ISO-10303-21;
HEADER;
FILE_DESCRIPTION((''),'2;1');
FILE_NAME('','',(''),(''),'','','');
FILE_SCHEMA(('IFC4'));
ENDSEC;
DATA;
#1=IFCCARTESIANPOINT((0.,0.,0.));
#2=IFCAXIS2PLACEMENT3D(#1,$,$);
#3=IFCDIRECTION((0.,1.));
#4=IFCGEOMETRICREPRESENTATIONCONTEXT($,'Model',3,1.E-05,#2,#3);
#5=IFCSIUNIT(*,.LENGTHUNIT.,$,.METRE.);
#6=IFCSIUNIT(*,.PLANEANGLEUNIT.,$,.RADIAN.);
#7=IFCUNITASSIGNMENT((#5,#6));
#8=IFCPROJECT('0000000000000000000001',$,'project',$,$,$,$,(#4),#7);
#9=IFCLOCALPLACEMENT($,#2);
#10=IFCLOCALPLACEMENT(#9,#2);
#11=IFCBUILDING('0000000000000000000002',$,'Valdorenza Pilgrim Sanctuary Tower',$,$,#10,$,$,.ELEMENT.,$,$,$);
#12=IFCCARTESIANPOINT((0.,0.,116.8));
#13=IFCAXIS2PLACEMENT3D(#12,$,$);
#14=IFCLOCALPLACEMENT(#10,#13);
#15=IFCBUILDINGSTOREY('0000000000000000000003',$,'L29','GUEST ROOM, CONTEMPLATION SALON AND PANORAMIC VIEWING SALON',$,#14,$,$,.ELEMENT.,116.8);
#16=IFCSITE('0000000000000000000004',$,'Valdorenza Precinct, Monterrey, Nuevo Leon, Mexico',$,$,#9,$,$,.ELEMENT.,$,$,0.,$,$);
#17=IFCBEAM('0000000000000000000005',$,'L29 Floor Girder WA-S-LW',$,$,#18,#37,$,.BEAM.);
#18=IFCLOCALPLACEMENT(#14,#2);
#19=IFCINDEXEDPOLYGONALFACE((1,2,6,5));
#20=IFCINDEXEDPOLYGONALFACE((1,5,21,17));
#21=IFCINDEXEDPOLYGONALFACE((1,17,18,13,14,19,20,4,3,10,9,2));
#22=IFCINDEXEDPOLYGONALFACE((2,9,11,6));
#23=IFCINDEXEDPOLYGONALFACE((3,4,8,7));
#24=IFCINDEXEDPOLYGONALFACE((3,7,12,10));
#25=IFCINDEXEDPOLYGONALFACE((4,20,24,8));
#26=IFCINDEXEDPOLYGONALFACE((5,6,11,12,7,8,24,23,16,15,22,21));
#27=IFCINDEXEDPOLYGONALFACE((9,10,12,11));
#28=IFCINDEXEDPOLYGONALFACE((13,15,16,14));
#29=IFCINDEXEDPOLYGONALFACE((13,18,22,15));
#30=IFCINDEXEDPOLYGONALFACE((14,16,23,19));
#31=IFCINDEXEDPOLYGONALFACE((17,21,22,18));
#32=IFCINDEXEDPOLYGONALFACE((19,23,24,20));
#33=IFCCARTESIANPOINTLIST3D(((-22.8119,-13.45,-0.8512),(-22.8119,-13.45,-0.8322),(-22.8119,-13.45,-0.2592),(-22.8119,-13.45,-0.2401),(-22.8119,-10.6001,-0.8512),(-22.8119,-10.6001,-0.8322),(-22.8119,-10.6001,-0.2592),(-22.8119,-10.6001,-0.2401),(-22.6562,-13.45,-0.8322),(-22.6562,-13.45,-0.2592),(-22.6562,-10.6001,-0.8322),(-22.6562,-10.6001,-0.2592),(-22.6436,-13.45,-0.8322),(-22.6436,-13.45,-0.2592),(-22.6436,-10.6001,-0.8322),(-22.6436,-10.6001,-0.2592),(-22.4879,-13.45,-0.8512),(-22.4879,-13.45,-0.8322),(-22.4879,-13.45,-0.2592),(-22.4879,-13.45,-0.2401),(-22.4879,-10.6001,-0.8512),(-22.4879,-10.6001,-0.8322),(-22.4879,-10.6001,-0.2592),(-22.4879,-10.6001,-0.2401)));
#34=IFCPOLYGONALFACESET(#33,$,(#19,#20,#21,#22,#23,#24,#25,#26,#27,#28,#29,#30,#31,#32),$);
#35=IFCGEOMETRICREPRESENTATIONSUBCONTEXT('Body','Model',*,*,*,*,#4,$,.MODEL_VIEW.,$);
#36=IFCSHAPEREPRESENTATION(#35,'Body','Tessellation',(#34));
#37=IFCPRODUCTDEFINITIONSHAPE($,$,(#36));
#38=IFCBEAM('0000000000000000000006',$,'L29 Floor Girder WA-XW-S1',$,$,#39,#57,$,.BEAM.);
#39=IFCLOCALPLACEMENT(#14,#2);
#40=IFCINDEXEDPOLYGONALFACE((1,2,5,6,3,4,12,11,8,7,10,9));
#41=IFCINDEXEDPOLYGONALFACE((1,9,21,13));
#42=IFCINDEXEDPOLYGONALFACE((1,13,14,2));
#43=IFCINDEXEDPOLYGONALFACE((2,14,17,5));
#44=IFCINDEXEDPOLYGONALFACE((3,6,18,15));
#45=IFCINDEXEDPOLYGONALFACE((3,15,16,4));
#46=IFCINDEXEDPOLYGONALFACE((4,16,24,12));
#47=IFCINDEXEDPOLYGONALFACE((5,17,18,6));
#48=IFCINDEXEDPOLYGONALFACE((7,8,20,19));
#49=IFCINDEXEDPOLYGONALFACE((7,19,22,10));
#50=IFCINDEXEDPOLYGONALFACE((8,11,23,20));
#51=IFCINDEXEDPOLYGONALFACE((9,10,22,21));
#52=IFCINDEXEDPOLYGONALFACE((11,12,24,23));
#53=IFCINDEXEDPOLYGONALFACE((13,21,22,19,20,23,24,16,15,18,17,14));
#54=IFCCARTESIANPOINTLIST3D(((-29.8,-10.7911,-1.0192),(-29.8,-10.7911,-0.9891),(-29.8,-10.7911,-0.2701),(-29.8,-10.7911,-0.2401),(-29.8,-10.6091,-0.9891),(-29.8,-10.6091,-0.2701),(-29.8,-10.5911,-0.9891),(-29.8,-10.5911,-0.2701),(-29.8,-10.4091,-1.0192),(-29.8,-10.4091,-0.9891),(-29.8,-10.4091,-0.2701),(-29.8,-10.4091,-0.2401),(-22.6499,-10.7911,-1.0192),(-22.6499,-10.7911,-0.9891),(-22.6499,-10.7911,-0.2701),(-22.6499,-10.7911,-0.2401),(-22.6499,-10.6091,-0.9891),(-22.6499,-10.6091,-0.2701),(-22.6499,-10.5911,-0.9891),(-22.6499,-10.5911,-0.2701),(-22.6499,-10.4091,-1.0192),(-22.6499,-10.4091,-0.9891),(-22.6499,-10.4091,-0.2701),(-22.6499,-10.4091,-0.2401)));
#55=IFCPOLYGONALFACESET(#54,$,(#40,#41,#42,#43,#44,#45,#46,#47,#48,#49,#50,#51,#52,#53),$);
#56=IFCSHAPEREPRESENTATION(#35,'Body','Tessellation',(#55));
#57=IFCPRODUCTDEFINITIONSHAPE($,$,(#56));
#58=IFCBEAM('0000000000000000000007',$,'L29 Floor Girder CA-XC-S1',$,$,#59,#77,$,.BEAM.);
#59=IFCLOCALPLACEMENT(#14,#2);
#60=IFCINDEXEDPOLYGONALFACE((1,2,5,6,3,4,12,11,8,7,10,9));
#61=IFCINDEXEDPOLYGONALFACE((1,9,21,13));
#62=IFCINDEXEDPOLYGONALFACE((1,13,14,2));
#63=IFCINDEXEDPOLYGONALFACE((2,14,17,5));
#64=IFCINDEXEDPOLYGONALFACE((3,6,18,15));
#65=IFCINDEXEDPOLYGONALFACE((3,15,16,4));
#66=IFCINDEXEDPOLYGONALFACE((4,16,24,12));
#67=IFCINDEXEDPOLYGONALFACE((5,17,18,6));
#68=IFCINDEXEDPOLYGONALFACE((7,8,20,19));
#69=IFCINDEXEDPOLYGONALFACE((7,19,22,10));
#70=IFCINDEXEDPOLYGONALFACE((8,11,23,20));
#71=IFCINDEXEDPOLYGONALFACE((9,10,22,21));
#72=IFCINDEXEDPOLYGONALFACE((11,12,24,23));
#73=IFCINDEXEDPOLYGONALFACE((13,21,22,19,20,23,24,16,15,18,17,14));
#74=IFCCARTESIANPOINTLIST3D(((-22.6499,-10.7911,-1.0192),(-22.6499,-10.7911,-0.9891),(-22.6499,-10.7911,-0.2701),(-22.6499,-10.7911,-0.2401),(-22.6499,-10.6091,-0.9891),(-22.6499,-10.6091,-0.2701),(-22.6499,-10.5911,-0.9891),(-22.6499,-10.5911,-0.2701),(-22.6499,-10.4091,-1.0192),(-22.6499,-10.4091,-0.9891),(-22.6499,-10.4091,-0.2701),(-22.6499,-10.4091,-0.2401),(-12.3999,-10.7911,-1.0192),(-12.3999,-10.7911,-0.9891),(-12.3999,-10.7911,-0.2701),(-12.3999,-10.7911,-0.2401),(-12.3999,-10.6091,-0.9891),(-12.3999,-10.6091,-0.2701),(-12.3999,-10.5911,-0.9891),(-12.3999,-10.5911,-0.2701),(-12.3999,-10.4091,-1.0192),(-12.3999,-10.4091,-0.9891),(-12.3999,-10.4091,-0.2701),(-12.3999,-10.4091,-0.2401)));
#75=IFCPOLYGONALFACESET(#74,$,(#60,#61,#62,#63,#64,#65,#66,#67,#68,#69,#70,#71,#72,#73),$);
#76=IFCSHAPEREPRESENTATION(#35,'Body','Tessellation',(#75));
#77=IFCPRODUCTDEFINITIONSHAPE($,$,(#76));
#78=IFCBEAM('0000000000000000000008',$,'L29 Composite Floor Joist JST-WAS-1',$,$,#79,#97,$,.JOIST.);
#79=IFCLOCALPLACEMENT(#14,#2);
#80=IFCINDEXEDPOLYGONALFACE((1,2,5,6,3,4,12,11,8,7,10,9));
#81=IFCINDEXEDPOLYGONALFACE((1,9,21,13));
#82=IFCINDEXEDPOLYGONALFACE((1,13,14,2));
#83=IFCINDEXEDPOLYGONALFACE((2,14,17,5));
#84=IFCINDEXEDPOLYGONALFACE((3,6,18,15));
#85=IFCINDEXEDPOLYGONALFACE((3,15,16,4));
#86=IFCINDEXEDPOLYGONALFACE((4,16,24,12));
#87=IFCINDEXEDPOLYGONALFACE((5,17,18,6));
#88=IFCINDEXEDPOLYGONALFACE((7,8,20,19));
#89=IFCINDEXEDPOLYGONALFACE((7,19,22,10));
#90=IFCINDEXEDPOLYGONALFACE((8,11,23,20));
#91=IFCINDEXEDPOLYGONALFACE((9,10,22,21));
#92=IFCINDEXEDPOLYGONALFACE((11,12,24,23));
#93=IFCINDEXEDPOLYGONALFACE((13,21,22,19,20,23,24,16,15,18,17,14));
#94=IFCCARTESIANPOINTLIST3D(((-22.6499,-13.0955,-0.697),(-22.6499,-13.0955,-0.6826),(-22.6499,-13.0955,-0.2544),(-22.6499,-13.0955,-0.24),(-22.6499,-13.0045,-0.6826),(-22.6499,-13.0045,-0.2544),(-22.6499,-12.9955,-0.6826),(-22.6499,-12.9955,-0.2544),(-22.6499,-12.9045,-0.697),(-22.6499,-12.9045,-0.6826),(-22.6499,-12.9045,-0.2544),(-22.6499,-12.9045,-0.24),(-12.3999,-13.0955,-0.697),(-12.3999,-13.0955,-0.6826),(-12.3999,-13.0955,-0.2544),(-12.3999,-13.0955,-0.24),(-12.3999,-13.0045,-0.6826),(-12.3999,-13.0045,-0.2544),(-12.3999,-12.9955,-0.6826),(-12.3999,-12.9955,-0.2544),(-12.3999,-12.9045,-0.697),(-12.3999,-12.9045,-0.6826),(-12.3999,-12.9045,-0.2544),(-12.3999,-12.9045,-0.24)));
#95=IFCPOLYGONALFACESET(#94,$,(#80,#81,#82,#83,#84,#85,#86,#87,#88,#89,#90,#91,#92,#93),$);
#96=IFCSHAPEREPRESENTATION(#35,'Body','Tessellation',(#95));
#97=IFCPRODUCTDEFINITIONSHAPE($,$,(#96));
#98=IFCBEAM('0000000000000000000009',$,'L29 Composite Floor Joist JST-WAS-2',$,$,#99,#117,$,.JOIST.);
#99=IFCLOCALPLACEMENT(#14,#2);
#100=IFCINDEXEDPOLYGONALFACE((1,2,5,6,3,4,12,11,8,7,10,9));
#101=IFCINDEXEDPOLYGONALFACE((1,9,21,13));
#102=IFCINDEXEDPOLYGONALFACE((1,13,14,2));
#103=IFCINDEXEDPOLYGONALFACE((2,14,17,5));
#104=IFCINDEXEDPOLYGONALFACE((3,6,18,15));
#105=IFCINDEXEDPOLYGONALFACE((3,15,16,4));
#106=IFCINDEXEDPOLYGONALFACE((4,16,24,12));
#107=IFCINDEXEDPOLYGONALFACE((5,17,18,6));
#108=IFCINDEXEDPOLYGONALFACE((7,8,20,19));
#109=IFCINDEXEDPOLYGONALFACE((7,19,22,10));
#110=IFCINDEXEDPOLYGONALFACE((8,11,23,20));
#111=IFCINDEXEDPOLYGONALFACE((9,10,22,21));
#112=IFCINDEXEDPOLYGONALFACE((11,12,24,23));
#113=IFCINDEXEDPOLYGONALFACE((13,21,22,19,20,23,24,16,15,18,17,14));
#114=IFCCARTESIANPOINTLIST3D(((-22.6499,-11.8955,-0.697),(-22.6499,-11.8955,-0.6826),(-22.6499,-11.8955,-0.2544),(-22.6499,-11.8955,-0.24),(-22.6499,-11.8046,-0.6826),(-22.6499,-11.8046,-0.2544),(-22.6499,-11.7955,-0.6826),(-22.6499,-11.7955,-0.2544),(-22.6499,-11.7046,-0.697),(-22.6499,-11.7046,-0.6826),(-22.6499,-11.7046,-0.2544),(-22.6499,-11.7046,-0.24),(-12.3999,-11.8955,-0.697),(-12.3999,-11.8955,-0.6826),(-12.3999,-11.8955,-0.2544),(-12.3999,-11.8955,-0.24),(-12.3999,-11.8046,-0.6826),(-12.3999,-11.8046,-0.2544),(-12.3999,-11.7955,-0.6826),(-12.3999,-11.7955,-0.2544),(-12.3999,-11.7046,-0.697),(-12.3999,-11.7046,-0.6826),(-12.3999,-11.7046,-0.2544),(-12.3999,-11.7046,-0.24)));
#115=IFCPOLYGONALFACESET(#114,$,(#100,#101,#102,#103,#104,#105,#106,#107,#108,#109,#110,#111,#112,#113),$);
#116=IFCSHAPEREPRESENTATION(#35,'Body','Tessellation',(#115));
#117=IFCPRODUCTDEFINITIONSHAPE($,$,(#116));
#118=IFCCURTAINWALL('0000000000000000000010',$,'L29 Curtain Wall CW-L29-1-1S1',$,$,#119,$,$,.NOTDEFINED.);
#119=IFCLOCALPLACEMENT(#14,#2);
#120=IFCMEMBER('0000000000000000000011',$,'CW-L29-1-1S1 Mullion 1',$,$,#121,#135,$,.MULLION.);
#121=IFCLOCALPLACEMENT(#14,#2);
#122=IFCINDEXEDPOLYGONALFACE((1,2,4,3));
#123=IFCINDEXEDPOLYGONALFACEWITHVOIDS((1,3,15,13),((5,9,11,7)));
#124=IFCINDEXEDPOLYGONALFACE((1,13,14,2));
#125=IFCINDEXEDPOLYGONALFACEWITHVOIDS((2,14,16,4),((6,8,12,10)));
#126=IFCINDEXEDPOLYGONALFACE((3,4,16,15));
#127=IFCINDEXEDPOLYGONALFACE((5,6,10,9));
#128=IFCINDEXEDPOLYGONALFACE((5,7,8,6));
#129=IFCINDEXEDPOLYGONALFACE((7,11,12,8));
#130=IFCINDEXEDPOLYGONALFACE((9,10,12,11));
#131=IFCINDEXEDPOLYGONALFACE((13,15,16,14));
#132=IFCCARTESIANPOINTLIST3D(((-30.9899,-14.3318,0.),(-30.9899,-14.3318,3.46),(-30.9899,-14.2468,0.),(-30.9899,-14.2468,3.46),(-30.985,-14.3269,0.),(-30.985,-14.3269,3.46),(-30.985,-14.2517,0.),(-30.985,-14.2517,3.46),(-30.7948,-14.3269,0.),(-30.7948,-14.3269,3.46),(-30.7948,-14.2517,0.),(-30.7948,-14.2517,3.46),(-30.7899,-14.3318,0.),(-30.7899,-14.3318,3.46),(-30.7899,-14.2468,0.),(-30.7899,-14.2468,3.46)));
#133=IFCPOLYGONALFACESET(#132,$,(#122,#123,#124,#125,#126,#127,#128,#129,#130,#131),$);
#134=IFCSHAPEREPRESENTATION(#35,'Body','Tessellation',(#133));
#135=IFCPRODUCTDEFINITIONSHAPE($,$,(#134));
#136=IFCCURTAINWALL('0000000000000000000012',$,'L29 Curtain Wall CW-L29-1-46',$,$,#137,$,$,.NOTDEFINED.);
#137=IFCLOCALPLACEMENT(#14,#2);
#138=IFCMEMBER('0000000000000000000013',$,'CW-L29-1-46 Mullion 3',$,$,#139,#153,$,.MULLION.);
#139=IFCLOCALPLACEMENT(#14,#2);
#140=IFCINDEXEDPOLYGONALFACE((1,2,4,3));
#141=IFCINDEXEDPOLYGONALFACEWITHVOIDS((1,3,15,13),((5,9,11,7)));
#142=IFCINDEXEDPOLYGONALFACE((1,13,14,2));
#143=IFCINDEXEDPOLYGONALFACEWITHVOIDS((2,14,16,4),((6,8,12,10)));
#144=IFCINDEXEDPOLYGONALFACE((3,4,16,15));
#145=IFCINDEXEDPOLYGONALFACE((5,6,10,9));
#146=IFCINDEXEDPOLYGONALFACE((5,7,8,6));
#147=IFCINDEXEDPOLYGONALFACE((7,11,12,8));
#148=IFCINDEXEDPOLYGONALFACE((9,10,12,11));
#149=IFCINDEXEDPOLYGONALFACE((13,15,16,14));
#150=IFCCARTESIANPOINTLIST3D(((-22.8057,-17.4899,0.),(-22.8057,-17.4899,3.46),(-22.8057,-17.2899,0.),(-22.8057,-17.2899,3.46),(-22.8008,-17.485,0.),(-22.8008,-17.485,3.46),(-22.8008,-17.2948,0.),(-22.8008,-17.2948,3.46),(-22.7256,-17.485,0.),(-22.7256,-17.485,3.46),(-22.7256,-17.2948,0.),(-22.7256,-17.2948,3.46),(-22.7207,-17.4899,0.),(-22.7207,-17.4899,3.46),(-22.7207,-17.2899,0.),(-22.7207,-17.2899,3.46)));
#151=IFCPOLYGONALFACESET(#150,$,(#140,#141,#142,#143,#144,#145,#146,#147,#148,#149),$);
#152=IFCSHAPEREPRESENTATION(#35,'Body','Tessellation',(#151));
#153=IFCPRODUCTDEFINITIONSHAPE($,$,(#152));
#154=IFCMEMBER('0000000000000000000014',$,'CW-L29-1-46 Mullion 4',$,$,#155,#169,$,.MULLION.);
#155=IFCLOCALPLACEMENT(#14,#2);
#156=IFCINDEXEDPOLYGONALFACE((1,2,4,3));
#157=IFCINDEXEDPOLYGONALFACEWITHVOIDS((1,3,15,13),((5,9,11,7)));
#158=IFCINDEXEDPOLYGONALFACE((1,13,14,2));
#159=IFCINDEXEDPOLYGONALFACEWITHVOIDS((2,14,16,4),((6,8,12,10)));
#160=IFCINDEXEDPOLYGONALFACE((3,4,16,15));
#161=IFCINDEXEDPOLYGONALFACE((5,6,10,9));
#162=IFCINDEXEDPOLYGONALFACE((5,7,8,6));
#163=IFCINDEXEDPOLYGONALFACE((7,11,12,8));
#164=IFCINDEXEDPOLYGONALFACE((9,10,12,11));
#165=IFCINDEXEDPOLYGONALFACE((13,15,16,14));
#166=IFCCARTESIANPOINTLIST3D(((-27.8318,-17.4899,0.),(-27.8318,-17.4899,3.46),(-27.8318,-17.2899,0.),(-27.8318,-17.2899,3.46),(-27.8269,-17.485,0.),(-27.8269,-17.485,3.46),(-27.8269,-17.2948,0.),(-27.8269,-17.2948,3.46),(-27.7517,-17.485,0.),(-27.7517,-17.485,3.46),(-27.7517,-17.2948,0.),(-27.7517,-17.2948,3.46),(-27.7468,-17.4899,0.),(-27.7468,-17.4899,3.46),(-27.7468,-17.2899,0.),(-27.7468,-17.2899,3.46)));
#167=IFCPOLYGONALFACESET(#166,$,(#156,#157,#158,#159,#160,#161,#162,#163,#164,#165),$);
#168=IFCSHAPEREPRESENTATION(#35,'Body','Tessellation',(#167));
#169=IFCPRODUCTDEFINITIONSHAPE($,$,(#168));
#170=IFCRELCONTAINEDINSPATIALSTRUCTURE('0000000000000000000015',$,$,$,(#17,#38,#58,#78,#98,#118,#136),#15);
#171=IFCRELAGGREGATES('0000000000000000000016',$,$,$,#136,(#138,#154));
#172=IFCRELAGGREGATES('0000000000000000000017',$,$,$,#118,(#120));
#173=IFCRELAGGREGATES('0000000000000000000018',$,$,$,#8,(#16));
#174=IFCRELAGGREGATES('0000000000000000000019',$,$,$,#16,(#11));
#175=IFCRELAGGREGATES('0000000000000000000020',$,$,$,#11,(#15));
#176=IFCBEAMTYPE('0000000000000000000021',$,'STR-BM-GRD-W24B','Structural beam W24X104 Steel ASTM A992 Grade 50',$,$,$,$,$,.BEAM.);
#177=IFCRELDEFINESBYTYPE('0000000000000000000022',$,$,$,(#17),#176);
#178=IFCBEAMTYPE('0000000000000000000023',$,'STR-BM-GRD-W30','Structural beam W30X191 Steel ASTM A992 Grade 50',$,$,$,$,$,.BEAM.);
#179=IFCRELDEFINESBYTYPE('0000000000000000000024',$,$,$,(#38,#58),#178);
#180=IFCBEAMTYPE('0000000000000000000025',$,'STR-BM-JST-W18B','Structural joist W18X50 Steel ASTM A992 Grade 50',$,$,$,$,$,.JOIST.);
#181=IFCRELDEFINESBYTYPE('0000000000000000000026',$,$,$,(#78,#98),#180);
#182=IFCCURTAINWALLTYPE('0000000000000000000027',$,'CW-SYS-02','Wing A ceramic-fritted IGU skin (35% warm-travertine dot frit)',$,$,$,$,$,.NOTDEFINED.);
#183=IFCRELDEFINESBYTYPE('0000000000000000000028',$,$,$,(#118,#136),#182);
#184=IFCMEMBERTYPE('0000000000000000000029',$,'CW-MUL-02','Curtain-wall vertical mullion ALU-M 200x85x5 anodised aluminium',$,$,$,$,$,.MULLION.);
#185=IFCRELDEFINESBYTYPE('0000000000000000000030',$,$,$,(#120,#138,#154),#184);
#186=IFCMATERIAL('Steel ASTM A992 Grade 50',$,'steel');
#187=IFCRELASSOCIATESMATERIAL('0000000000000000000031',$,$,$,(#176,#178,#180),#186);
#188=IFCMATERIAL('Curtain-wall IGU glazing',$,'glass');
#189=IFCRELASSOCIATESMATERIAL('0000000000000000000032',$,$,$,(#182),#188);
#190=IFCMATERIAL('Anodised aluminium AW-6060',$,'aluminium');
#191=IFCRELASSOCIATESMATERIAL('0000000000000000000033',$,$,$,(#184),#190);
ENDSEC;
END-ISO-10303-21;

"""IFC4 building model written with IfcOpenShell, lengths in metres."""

from ifc_helpers import new_model, si_unit, direction, frame, origin, origin_2d, place, context, subcontext, project, spatial, hollow_rectangle, i_section, extrude, source, transform, mapped, material, material_profile, profile_set, type_object, element, aggregate, save


model = new_model("IFC4")

# Units and contexts
model_context = context("Model", 3, precision=1e-05, world=origin(), true_north=direction((0.0, 1.0)))
body_context = subcontext(model_context, "Body", "Model", "MODEL_VIEW")
ifc_project = project(units=[si_unit("LENGTHUNIT", "METRE"), si_unit("PLANEANGLEUNIT", "RADIAN")], contexts=[model_context])

# Site, building, storey
site_placement = place(None, origin())
site = spatial("IfcSite", under=ifc_project, at=site_placement, Name="Valdorenza Precinct, Monterrey, Nuevo Leon, Mexico", CompositionType="ELEMENT", RefElevation=0.0)
building_placement = place(site_placement, origin())
building = spatial("IfcBuilding", under=site, at=building_placement, Name="Valdorenza Pilgrim Sanctuary Tower", CompositionType="ELEMENT")
storey_placement = place(building_placement, frame((0.0, 0.0, 116.8)))
storey = spatial("IfcBuildingStorey", under=building, at=storey_placement, Name="L29", Description="GUEST ROOM, CONTEMPLATION SALON AND PANORAMIC VIEWING SALON", CompositionType="ELEMENT", Elevation=116.8)

# Shared definitions
ifc_material_1 = material(Name="Steel ASTM A992 Grade 50", Category="steel")

# Beams
ifc_material_profile_1 = material_profile(ifc_material_1, i_section(OverallWidth=0.324, OverallDepth=0.6111, WebThickness=0.0127, FlangeThickness=0.019, at=origin_2d()), Name="W24X104")
ifc_profile_set_1 = profile_set([ifc_material_profile_1], Name="Steel ASTM A992 Grade 50")
beam_type_1 = type_object("IfcBeamType", Name="STR-BM-GRD-W24B", Description="Structural beam W24X104 Steel ASTM A992 Grade 50", PredefinedType="BEAM", material=ifc_profile_set_1)
shared_shape_1 = source(origin(), body_context, "Body", "SweptSolid", [
    extrude(i_section(OverallWidth=0.324, OverallDepth=0.6111, WebThickness=0.0127, FlangeThickness=0.019, at=origin_2d()), origin(), (0.0, 0.0, 1.0), 2.8499),
])
beam_1_placement = place(storey_placement, frame((-22.6499, -13.45, -0.5457), z_axis=(0.0, 1.0, 0.0), x_axis=(-1.0, 0.0, 0.0)))
element("IfcBeam", 1, at=beam_1_placement, inside=storey, type_object=beam_type_1, Name="L29 Floor Girder WA-S-LW", PredefinedType="BEAM", context=body_context, shape_type="MappedRepresentation", body=[
    mapped(shared_shape_1, transform((0.0, 0.0, 0.0), x_axis=(1.0, 0.0, 0.0), y_axis=(0.0, 1.0, 0.0), z_axis=(0.0, 0.0, 1.0), scale=1.0)),
])
ifc_material_profile_2 = material_profile(ifc_material_1, i_section(OverallWidth=0.3821, OverallDepth=0.7791, WebThickness=0.0181, FlangeThickness=0.03, at=origin_2d()), Name="W30X191")
ifc_profile_set_2 = profile_set([ifc_material_profile_2], Name="Steel ASTM A992 Grade 50")
beam_type_2 = type_object("IfcBeamType", Name="STR-BM-GRD-W30", Description="Structural beam W30X191 Steel ASTM A992 Grade 50", PredefinedType="BEAM", material=ifc_profile_set_2)
shared_shape_2 = source(origin(), body_context, "Body", "SweptSolid", [
    extrude(i_section(OverallWidth=0.3821, OverallDepth=0.7791, WebThickness=0.0181, FlangeThickness=0.03, at=origin_2d()), origin(), (0.0, 0.0, 1.0), 7.1501),
])
beam_2_placement = place(storey_placement, frame((-29.8, -10.6001, -0.6296), z_axis=(1.0, 0.0, 0.0), x_axis=(0.0, 1.0, 0.0)))
element("IfcBeam", 2, at=beam_2_placement, inside=storey, type_object=beam_type_2, Name="L29 Floor Girder WA-XW-S1", PredefinedType="BEAM", context=body_context, shape_type="MappedRepresentation", body=[
    mapped(shared_shape_2, transform((0.0, 0.0, 0.0), x_axis=(1.0, 0.0, 0.0), y_axis=(0.0, 1.0, 0.0), z_axis=(0.0, 0.0, 1.0), scale=1.0)),
])
shared_shape_3 = source(origin(), body_context, "Body", "SweptSolid", [
    extrude(i_section(OverallWidth=0.3821, OverallDepth=0.7791, WebThickness=0.0181, FlangeThickness=0.03, at=origin_2d()), origin(), (0.0, 0.0, 1.0), 10.25),
])
beam_3_placement = place(storey_placement, frame((-22.6499, -10.6001, -0.6296), z_axis=(1.0, 0.0, 0.0), x_axis=(0.0, 1.0, 0.0)))
element("IfcBeam", 3, at=beam_3_placement, inside=storey, type_object=beam_type_2, Name="L29 Floor Girder CA-XC-S1", PredefinedType="BEAM", context=body_context, shape_type="MappedRepresentation", body=[
    mapped(shared_shape_3, transform((0.0, 0.0, 0.0), x_axis=(1.0, 0.0, 0.0), y_axis=(0.0, 1.0, 0.0), z_axis=(0.0, 0.0, 1.0), scale=1.0)),
])
ifc_material_profile_3 = material_profile(ifc_material_1, i_section(OverallWidth=0.1909, OverallDepth=0.457, WebThickness=0.009, FlangeThickness=0.0144, at=origin_2d()), Name="W18X50")
ifc_profile_set_3 = profile_set([ifc_material_profile_3], Name="Steel ASTM A992 Grade 50")
beam_type_3 = type_object("IfcBeamType", Name="STR-BM-JST-W18B", Description="Structural joist W18X50 Steel ASTM A992 Grade 50", PredefinedType="JOIST", material=ifc_profile_set_3)
shared_shape_4 = source(origin(), body_context, "Body", "SweptSolid", [
    extrude(i_section(OverallWidth=0.1909, OverallDepth=0.457, WebThickness=0.009, FlangeThickness=0.0144, at=origin_2d()), origin(), (0.0, 0.0, 1.0), 10.25),
])
for number, where, z_axis, x_axis, name in (
    (4, (-22.6499, -13.0, -0.4685), (1.0, 0.0, 0.0), (0.0, 1.0, 0.0), "L29 Composite Floor Joist JST-WAS-1"),
    (5, (-22.6499, -11.8, -0.4685), (1.0, 0.0, 0.0), (0.0, 1.0, 0.0), "L29 Composite Floor Joist JST-WAS-2"),
):
    element("IfcBeam", number, at=place(storey_placement, frame(where, z_axis=z_axis, x_axis=x_axis)), inside=storey, type_object=beam_type_3, Name=name, PredefinedType="JOIST", context=body_context, shape_type="MappedRepresentation", body=[
        mapped(shared_shape_4, transform((0.0, 0.0, 0.0), x_axis=(1.0, 0.0, 0.0), y_axis=(0.0, 1.0, 0.0), z_axis=(0.0, 0.0, 1.0), scale=1.0)),
    ])

# Curtain wall, member
ifc_material_2 = material(Name="Curtain-wall IGU glazing", Category="glass")
curtain_wall_type = type_object("IfcCurtainWallType", Name="CW-SYS-02", Description="Wing A ceramic-fritted IGU skin (35% warm-travertine dot frit)", PredefinedType="NOTDEFINED", material=ifc_material_2)
curtain_wall_1_placement = place(storey_placement, origin())
curtain_wall_1 = element("IfcCurtainWall", 6, at=curtain_wall_1_placement, inside=storey, type_object=curtain_wall_type, Name="L29 Curtain Wall CW-L29-1-1S1", PredefinedType="NOTDEFINED")
ifc_material_3 = material(Name="Anodised aluminium AW-6060", Category="aluminium")
ifc_material_profile_4 = material_profile(ifc_material_3, hollow_rectangle(XDim=0.085, YDim=0.2, WallThickness=0.0049, at=origin_2d()), Name="ALU-M 200x85x5")
ifc_profile_set_4 = profile_set([ifc_material_profile_4], Name="Anodised aluminium AW-6060")
member_type_1 = type_object("IfcMemberType", Name="CW-MUL-02", Description="Curtain-wall vertical mullion ALU-M 200x85x5 anodised aluminium", PredefinedType="MULLION", material=ifc_profile_set_4)
shared_shape_5 = source(origin(), body_context, "Body", "SweptSolid", [
    extrude(hollow_rectangle(XDim=0.085, YDim=0.2, WallThickness=0.0049, at=origin_2d()), origin(), (0.0, 0.0, 1.0), 3.46),
])
member_1_placement = place(storey_placement, frame((-30.8899, -14.2893, 0.0), z_axis=(0.0, 0.0, 1.0), x_axis=(0.0, 1.0, 0.0)))
member_1 = element("IfcMember", 7, at=member_1_placement, type_object=member_type_1, Name="CW-L29-1-1S1 Mullion 1", PredefinedType="MULLION", context=body_context, shape_type="MappedRepresentation", body=[
    mapped(shared_shape_5, transform((0.0, 0.0, 0.0), x_axis=(1.0, 0.0, 0.0), y_axis=(0.0, 1.0, 0.0), z_axis=(0.0, 0.0, 1.0), scale=1.0)),
])

# Curtain wall, members
curtain_wall_2_placement = place(storey_placement, origin())
curtain_wall_2 = element("IfcCurtainWall", 8, at=curtain_wall_2_placement, inside=storey, type_object=curtain_wall_type, Name="L29 Curtain Wall CW-L29-1-46", PredefinedType="NOTDEFINED")
member_2_placement = place(storey_placement, frame((-22.7632, -17.3899, 0.0), z_axis=(0.0, 0.0, 1.0), x_axis=(-1.0, 0.0, 0.0)))
member_2 = element("IfcMember", 9, at=member_2_placement, type_object=member_type_1, Name="CW-L29-1-46 Mullion 3", PredefinedType="MULLION", context=body_context, shape_type="MappedRepresentation", body=[
    mapped(shared_shape_5, transform((0.0, 0.0, 0.0), x_axis=(1.0, 0.0, 0.0), y_axis=(0.0, 1.0, 0.0), z_axis=(0.0, 0.0, 1.0), scale=1.0)),
])
member_3_placement = place(storey_placement, frame((-27.7893, -17.3899, 0.0), z_axis=(0.0, 0.0, 1.0), x_axis=(-1.0, 0.0, 0.0)))
member_3 = element("IfcMember", 10, at=member_3_placement, type_object=member_type_1, Name="CW-L29-1-46 Mullion 4", PredefinedType="MULLION", context=body_context, shape_type="MappedRepresentation", body=[
    mapped(shared_shape_5, transform((0.0, 0.0, 0.0), x_axis=(1.0, 0.0, 0.0), y_axis=(0.0, 1.0, 0.0), z_axis=(0.0, 0.0, 1.0), scale=1.0)),
])

aggregate(curtain_wall_2, [member_2, member_3])
aggregate(curtain_wall_1, [member_1])

save(model, "model.ifc")
